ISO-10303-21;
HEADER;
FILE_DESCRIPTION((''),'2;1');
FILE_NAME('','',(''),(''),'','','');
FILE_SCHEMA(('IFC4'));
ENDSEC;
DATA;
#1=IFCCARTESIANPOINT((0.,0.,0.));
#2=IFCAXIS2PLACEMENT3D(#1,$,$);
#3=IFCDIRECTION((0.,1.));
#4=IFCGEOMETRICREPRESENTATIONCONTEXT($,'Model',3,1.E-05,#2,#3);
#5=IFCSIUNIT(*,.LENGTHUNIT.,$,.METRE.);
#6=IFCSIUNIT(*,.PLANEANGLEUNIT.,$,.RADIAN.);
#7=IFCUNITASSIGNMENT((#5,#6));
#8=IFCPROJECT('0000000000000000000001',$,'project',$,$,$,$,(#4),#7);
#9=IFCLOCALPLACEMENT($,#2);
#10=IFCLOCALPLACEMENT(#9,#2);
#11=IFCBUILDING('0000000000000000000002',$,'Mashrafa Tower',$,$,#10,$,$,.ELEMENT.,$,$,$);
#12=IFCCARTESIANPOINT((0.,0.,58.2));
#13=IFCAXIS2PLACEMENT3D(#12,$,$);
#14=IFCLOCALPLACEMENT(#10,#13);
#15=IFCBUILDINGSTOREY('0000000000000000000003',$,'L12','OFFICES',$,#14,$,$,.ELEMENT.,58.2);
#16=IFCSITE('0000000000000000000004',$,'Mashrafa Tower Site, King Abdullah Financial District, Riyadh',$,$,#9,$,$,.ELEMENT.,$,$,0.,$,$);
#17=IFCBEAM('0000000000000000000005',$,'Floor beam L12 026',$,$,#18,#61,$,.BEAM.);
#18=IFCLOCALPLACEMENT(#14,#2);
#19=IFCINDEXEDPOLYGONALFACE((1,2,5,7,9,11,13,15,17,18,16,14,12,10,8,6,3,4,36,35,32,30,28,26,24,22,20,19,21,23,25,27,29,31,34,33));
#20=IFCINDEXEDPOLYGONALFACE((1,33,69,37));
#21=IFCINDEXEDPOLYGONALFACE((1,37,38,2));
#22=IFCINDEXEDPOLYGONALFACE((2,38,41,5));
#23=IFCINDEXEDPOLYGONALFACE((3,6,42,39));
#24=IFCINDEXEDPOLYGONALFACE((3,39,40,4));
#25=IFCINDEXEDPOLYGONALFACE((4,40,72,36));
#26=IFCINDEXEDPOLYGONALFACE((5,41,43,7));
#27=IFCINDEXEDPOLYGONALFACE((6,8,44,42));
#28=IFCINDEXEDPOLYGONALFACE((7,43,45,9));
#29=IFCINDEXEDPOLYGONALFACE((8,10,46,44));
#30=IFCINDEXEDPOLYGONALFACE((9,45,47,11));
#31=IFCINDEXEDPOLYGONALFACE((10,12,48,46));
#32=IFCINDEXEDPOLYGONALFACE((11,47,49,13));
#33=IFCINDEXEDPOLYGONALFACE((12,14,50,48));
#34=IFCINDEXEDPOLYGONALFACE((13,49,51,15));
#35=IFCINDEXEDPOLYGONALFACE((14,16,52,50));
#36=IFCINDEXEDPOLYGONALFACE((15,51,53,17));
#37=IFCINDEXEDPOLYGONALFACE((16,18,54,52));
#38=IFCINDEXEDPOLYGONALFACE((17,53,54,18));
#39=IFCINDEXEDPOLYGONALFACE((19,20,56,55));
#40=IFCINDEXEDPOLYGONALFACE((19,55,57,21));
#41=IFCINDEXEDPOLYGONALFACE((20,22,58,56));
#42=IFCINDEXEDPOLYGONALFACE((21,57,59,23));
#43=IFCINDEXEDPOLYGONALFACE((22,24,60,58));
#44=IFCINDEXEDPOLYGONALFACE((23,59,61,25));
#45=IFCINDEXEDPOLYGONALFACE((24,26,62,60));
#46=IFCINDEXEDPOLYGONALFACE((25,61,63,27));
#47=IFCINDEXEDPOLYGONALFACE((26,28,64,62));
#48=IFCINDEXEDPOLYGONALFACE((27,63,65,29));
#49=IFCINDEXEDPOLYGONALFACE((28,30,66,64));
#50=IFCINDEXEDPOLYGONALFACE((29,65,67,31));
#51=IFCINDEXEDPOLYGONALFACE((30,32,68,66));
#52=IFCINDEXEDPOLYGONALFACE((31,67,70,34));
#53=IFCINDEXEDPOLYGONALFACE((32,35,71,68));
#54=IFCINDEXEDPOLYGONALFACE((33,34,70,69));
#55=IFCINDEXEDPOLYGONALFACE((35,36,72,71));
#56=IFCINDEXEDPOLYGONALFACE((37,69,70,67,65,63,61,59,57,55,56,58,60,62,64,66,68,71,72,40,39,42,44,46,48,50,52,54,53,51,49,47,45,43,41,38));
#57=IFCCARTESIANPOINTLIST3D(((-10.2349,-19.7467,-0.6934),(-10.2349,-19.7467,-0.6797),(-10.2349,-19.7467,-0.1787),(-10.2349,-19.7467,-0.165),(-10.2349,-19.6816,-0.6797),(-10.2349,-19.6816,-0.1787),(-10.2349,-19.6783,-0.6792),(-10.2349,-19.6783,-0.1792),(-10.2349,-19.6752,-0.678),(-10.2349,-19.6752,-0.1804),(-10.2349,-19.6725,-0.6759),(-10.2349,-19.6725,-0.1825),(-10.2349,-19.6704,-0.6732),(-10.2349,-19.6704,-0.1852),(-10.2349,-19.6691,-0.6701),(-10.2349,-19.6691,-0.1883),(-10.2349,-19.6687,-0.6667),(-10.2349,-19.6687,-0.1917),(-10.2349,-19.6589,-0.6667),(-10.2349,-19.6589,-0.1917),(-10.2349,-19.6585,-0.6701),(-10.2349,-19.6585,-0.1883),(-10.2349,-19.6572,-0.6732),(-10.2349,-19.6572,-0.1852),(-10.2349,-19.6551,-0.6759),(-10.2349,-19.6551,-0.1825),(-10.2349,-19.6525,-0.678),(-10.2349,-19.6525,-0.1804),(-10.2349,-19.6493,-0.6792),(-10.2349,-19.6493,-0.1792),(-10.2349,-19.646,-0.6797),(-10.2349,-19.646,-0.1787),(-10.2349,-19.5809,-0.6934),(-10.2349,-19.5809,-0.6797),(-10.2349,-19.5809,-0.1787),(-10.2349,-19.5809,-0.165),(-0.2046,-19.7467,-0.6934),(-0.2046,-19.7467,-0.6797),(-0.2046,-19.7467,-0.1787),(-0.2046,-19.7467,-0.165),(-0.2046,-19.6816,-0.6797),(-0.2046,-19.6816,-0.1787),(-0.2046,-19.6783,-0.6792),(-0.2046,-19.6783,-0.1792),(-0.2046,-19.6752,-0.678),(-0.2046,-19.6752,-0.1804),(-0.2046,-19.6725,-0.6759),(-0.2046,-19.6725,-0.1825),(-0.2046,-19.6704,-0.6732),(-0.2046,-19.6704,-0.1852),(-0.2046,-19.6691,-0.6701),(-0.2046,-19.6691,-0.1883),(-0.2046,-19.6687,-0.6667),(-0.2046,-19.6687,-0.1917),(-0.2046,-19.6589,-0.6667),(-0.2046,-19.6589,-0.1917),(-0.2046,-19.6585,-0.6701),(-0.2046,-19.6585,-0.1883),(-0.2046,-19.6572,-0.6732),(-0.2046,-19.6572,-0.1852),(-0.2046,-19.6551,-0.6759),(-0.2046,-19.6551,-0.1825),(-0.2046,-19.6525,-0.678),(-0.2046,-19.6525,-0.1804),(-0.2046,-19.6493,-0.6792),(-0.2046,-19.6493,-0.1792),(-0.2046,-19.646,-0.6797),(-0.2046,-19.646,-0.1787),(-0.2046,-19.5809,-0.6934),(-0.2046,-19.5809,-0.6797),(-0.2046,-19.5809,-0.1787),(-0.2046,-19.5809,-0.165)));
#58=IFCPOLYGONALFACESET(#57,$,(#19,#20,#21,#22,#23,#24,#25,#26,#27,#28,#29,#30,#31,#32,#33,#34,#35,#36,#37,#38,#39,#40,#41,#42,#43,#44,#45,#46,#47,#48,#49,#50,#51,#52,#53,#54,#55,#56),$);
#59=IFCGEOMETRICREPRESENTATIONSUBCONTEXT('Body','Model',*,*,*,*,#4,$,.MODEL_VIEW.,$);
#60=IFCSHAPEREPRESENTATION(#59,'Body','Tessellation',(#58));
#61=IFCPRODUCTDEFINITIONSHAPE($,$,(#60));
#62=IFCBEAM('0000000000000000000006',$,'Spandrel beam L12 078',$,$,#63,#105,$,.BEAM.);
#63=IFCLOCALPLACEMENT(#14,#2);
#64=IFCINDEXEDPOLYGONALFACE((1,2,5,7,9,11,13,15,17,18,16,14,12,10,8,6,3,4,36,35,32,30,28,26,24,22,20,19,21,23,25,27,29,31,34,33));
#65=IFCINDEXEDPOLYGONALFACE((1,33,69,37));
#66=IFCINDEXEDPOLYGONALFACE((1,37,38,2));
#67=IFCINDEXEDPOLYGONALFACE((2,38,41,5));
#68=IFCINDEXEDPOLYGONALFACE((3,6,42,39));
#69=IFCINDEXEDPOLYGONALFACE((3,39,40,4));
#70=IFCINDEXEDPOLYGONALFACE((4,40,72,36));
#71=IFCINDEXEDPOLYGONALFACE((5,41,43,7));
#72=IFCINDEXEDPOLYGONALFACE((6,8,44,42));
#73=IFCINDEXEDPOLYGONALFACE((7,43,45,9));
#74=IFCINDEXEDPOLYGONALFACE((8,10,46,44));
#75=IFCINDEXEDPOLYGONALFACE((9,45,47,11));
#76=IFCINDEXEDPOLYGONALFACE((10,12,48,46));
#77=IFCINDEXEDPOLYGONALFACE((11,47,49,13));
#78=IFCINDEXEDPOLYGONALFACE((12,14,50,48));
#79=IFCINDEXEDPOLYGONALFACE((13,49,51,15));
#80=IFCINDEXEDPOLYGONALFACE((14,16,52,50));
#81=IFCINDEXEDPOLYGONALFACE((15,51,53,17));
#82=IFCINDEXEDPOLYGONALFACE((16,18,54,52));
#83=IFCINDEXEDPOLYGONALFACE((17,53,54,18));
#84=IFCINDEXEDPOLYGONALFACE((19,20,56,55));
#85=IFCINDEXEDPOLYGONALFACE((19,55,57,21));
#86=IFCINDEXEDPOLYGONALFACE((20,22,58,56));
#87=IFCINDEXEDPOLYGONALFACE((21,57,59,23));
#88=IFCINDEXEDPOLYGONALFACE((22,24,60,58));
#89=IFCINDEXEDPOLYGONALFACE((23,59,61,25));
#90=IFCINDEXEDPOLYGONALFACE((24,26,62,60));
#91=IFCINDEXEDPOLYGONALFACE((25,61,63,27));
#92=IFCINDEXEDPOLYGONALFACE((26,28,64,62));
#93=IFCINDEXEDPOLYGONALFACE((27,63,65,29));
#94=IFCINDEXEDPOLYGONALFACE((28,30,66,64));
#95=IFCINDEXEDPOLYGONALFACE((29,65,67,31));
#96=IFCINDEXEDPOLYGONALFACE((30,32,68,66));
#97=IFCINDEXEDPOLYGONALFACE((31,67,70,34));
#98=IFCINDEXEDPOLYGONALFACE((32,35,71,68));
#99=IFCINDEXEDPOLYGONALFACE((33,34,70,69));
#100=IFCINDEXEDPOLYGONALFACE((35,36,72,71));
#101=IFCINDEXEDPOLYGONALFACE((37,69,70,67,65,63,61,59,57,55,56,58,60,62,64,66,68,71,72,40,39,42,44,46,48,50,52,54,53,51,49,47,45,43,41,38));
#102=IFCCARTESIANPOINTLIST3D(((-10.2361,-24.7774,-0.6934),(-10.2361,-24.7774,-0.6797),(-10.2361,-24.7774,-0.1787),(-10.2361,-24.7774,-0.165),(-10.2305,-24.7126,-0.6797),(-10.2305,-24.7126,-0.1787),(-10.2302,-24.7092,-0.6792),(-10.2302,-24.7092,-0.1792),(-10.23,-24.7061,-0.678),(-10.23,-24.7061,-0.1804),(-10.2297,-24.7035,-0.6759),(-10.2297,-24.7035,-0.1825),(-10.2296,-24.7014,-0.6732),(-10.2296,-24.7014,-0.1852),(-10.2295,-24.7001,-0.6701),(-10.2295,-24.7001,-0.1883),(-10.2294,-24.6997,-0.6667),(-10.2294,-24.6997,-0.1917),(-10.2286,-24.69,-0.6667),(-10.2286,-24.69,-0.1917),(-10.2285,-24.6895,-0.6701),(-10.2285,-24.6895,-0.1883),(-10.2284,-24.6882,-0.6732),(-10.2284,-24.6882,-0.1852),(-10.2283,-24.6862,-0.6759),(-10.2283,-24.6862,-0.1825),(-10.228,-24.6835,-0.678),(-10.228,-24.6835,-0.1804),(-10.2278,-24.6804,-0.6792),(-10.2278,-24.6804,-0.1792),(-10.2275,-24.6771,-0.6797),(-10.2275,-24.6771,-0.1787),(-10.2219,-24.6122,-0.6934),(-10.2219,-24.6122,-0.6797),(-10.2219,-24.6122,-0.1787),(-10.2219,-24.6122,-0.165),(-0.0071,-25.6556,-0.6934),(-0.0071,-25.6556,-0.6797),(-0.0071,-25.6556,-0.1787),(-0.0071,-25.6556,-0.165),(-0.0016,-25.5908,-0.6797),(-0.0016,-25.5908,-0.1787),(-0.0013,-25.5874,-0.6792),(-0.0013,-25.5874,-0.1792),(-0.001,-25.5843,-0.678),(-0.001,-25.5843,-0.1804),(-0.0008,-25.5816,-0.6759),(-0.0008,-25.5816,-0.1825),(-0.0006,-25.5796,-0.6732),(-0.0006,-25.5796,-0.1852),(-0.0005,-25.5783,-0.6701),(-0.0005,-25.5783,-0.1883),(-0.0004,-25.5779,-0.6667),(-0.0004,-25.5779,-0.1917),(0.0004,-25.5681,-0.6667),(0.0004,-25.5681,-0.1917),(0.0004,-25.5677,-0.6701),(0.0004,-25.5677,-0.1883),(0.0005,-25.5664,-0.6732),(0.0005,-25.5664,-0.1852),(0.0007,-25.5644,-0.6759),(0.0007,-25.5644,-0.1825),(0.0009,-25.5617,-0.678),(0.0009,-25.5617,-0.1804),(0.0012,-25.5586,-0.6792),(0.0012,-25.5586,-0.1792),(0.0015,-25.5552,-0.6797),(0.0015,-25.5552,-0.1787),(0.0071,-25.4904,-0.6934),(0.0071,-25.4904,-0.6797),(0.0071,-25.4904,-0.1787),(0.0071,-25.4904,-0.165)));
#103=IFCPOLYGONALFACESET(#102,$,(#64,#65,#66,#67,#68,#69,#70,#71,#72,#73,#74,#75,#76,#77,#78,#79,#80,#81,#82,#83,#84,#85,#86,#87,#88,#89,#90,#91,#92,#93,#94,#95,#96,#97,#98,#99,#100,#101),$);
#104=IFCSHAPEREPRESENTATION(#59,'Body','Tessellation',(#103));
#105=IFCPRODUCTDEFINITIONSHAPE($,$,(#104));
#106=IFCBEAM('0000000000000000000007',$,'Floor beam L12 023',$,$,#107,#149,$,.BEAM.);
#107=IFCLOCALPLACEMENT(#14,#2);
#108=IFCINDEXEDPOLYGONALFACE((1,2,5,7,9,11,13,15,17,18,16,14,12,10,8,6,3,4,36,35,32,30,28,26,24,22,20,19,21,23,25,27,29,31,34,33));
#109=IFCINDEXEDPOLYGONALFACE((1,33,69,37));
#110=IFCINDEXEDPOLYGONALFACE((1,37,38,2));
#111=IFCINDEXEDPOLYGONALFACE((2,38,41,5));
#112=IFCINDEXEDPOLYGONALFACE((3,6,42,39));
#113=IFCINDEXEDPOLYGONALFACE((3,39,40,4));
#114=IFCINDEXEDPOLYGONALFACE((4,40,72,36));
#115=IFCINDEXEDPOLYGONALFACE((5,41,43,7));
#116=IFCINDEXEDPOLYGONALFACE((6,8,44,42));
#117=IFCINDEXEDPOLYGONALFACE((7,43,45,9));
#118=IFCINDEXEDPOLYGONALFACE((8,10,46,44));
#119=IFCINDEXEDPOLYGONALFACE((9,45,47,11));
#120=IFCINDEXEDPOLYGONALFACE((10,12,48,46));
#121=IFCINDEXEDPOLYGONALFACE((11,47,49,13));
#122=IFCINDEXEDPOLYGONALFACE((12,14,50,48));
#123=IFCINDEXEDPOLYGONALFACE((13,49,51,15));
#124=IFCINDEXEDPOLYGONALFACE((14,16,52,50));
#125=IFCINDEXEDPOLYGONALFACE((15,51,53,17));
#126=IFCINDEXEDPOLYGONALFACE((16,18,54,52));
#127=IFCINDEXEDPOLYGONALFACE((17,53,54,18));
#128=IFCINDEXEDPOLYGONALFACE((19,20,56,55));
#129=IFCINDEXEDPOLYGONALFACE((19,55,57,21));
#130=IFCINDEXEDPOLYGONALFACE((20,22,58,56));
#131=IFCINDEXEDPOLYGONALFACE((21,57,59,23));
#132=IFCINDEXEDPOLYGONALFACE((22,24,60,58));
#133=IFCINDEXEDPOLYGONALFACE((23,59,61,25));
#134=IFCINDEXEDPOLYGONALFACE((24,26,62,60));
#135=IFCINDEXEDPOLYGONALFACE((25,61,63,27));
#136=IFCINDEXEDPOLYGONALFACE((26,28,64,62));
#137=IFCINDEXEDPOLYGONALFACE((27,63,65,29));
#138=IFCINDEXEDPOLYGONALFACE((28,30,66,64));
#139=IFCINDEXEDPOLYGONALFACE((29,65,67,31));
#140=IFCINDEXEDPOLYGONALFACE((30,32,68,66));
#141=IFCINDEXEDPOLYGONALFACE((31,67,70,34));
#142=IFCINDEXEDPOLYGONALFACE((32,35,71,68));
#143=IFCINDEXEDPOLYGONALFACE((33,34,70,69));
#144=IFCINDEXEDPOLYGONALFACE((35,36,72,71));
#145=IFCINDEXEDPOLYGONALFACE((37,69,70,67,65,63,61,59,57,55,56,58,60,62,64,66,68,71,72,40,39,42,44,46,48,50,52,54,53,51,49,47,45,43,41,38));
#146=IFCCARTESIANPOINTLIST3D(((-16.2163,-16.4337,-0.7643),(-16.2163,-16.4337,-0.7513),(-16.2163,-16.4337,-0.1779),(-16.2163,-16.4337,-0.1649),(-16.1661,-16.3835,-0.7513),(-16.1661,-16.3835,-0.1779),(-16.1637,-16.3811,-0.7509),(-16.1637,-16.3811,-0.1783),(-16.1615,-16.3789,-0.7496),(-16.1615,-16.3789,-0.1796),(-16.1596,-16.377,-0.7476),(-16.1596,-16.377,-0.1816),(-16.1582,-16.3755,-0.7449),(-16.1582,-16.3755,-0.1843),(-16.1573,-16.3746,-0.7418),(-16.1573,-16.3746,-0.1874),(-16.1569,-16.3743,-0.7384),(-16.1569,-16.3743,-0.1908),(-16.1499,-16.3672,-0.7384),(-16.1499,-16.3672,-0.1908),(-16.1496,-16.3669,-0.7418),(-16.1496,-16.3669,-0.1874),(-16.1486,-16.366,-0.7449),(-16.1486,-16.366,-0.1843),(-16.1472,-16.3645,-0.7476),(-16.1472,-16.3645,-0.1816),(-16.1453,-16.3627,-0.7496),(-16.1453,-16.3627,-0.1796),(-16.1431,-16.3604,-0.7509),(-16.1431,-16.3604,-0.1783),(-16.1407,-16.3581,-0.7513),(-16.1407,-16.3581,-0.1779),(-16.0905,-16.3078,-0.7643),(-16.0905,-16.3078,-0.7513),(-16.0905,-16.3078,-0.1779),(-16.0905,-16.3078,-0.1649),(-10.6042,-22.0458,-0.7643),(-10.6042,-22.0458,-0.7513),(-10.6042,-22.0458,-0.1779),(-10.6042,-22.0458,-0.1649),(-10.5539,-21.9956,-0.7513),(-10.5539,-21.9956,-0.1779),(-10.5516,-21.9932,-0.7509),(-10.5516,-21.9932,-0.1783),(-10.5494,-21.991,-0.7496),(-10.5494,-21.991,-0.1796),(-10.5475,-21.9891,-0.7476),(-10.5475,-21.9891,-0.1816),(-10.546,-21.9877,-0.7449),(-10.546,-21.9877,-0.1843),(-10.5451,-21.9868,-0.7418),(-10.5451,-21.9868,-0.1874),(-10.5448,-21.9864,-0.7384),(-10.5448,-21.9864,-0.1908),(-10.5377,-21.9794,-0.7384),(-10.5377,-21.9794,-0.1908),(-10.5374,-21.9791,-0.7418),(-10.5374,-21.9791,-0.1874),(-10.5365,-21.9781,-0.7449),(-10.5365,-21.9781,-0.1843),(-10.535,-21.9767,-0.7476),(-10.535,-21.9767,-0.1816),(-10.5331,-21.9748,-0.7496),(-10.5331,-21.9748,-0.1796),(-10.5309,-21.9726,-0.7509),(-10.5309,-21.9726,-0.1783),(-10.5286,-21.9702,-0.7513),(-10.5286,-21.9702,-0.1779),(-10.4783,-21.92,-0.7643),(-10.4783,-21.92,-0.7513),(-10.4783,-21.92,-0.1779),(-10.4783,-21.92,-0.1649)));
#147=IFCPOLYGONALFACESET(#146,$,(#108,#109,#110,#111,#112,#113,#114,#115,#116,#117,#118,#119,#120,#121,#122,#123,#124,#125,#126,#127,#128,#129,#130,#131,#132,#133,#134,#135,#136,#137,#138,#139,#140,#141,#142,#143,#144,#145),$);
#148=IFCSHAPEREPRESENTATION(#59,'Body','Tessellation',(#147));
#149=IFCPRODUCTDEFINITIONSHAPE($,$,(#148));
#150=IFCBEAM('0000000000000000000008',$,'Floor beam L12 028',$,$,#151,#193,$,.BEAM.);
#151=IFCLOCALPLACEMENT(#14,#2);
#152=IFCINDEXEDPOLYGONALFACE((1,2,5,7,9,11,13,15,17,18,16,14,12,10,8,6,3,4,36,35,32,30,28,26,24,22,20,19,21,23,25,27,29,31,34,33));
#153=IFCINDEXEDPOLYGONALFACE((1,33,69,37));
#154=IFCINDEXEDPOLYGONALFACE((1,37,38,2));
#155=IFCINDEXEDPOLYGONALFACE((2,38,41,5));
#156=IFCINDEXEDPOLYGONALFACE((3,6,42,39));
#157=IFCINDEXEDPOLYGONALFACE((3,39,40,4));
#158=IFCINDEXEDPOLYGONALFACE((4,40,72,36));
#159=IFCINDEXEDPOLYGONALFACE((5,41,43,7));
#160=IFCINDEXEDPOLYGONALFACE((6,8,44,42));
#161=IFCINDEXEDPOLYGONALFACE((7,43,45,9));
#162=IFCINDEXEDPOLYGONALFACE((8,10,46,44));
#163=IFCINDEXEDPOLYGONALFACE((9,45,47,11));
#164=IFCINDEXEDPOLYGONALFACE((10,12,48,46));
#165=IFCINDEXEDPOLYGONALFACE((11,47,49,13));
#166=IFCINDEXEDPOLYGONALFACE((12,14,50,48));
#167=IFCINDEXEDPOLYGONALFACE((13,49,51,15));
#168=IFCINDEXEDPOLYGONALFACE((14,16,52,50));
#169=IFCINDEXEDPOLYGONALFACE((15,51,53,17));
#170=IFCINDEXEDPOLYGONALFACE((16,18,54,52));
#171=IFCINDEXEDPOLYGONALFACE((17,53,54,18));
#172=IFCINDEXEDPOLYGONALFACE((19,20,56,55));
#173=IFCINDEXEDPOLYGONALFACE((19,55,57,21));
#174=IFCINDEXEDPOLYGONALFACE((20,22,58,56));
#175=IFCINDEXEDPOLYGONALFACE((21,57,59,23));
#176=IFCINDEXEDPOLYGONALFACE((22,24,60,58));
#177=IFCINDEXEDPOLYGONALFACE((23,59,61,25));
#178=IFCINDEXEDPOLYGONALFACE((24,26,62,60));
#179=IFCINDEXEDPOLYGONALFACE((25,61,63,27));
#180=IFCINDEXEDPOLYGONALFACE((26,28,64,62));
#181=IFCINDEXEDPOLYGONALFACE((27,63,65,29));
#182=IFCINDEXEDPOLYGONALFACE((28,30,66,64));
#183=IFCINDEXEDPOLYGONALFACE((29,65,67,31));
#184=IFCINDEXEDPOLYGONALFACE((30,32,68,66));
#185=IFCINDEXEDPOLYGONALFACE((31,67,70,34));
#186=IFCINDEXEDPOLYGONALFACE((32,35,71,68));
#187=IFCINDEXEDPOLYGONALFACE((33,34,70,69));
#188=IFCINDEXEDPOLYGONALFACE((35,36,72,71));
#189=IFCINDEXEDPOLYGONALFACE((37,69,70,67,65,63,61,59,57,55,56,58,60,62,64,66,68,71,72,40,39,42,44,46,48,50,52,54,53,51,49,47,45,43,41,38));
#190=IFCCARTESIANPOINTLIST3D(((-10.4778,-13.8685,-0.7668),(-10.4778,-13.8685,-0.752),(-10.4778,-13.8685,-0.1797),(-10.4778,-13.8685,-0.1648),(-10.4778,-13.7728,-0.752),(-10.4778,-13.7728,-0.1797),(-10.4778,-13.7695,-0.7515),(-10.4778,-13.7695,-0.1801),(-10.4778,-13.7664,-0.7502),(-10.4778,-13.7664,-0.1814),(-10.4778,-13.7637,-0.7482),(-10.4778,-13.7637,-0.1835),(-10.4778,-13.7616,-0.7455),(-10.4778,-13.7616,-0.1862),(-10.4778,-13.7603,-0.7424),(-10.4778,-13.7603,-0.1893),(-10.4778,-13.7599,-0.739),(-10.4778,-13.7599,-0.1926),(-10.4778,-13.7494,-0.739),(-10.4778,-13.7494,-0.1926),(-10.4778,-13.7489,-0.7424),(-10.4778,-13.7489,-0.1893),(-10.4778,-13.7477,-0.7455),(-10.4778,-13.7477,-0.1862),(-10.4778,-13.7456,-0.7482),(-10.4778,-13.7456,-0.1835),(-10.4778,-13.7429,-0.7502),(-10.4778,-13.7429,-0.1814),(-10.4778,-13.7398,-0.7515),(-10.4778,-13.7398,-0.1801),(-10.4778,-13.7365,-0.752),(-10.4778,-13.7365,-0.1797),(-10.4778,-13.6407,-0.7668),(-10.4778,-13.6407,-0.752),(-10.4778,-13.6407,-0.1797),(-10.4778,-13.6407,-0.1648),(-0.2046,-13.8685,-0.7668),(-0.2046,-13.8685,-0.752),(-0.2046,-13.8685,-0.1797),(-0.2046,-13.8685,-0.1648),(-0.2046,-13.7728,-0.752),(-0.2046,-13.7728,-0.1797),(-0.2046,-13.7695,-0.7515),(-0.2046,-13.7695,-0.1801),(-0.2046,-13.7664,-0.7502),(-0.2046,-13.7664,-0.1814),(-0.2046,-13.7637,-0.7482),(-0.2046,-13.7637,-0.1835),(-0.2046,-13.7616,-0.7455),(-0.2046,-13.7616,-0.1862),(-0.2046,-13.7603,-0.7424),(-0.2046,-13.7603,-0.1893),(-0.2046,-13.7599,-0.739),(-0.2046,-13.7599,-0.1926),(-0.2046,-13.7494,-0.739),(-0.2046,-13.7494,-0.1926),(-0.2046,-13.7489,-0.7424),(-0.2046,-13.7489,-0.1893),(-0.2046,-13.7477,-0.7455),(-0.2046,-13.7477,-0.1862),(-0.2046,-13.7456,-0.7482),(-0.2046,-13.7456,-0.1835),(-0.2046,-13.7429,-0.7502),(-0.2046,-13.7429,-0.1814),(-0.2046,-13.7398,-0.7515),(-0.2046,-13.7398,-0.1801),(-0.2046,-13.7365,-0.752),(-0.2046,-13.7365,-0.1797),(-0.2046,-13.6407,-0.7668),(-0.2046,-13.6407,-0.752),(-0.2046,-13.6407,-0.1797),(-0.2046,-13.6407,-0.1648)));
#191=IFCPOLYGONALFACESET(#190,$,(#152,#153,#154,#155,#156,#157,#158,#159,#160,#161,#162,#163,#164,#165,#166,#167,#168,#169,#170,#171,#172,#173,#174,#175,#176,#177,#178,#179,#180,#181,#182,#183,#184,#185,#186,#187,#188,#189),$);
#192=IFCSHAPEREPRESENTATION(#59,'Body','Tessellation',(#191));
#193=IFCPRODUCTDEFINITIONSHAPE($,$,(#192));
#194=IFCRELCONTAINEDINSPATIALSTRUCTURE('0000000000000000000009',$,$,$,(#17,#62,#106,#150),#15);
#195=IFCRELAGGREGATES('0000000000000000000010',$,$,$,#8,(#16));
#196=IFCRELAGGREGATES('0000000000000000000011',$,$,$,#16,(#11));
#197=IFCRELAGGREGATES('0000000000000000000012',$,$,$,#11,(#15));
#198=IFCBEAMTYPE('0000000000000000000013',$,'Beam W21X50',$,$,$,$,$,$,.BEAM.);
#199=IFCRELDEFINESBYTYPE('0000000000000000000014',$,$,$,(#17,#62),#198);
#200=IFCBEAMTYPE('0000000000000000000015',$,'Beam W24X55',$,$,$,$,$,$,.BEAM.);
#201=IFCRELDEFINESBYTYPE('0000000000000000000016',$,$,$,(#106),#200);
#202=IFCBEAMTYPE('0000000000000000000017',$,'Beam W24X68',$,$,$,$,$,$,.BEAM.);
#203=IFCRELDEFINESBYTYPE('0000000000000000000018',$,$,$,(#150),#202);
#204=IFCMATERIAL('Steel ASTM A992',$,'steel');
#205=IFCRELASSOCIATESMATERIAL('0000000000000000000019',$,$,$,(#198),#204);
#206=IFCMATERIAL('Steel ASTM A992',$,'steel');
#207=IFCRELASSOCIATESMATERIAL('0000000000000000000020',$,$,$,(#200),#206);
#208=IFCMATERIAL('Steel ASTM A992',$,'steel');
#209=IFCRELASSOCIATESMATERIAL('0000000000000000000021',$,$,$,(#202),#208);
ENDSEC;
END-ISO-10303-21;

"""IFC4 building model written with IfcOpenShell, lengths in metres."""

from ifc_helpers import new_model, si_unit, direction, frame, origin, origin_2d, place, context, subcontext, project, spatial, i_section, extrude, material, material_profile, profile_set, type_object, element, save


model = new_model("IFC4")

# Units and contexts
model_context = context("Model", 3, precision=1e-05, world=origin(), true_north=direction((0.0, 1.0)))
body_context = subcontext(model_context, "Body", "Model", "MODEL_VIEW")
ifc_project = project(units=[si_unit("LENGTHUNIT", "METRE"), si_unit("PLANEANGLEUNIT", "RADIAN")], contexts=[model_context])

# Site, building, storey
site_placement = place(None, origin())
site = spatial("IfcSite", under=ifc_project, at=site_placement, Name="Mashrafa Tower Site, King Abdullah Financial District, Riyadh", CompositionType="ELEMENT", RefElevation=0.0)
building_placement = place(site_placement, origin())
building = spatial("IfcBuilding", under=site, at=building_placement, Name="Mashrafa Tower", CompositionType="ELEMENT")
storey_placement = place(building_placement, frame((0.0, 0.0, 58.2)))
storey = spatial("IfcBuildingStorey", under=building, at=storey_placement, Name="L12", Description="OFFICES", CompositionType="ELEMENT", Elevation=58.2)

# Beams
ifc_material_1 = material(Name="Steel ASTM A992", Category="steel")
ifc_material_profile_1 = material_profile(ifc_material_1, i_section(OverallWidth=0.1658, OverallDepth=0.5283, WebThickness=0.0098, FlangeThickness=0.0137, FilletRadius=0.0129, at=origin_2d()), Name="W21X50")
ifc_profile_set_1 = profile_set([ifc_material_profile_1], Name="Steel ASTM A992")
beam_type_1 = type_object("IfcBeamType", Name="Beam W21X50", PredefinedType="BEAM", material=ifc_profile_set_1)
beam_1_placement = place(storey_placement, frame((-0.2046, -19.6638, -0.4292), z_axis=(-1.0, 0.0, 0.0), x_axis=(0.0, -1.0, 0.0)))
element("IfcBeam", 1, at=beam_1_placement, inside=storey, type_object=beam_type_1, Name="Floor beam L12 026", PredefinedType="BEAM", context=body_context, shape_type="SweptSolid", body=[
    extrude(i_section(OverallWidth=0.1658, OverallDepth=0.5283, WebThickness=0.0098, FlangeThickness=0.0137, FilletRadius=0.0129, at=origin_2d()), origin(), (0.0, 0.0, 1.0), 10.0303),
])
beam_2_placement = place(storey_placement, frame((-10.229, -24.6948, -0.4292), z_axis=(0.996335, -0.085537, 0.0), x_axis=(0.085537, 0.996335, 0.0)))
element("IfcBeam", 2, at=beam_2_placement, inside=storey, type_object=beam_type_1, Name="Spandrel beam L12 078", PredefinedType="BEAM", context=body_context, shape_type="SweptSolid", body=[
    extrude(i_section(OverallWidth=0.1658, OverallDepth=0.5283, WebThickness=0.0098, FlangeThickness=0.0137, FilletRadius=0.0129, at=origin_2d()), origin(), (0.0, 0.0, 1.0), 10.2666),
])
ifc_material_2 = material(Name="Steel ASTM A992", Category="steel")
ifc_material_profile_2 = material_profile(ifc_material_2, i_section(OverallWidth=0.178, OverallDepth=0.5994, WebThickness=0.01, FlangeThickness=0.0129, FilletRadius=0.0129, at=origin_2d()), Name="W24X55")
ifc_profile_set_2 = profile_set([ifc_material_profile_2], Name="Steel ASTM A992")
beam_type_2 = type_object("IfcBeamType", Name="Beam W24X55", PredefinedType="BEAM", material=ifc_profile_set_2)
beam_3_placement = place(storey_placement, frame((-10.5413, -21.9829, -0.4646), z_axis=(-0.707107, 0.707107, 0.0), x_axis=(-0.707107, -0.707107, 0.0)))
element("IfcBeam", 3, at=beam_3_placement, inside=storey, type_object=beam_type_2, Name="Floor beam L12 023", PredefinedType="BEAM", context=body_context, shape_type="SweptSolid", body=[
    extrude(i_section(OverallWidth=0.178, OverallDepth=0.5994, WebThickness=0.01, FlangeThickness=0.0129, FilletRadius=0.0129, at=origin_2d()), origin(), (0.0, 0.0, 1.0), 7.9368),
])
ifc_material_3 = material(Name="Steel ASTM A992", Category="steel")
ifc_material_profile_3 = material_profile(ifc_material_3, i_section(OverallWidth=0.2278, OverallDepth=0.6021, WebThickness=0.0105, FlangeThickness=0.0149, FilletRadius=0.0129, at=origin_2d()), Name="W24X68")
ifc_profile_set_3 = profile_set([ifc_material_profile_3], Name="Steel ASTM A992")
beam_type_3 = type_object("IfcBeamType", Name="Beam W24X68", PredefinedType="BEAM", material=ifc_profile_set_3)
beam_4_placement = place(storey_placement, frame((-0.2046, -13.7546, -0.4658), z_axis=(-1.0, 0.0, 0.0), x_axis=(0.0, -1.0, 0.0)))
element("IfcBeam", 4, at=beam_4_placement, inside=storey, type_object=beam_type_3, Name="Floor beam L12 028", PredefinedType="BEAM", context=body_context, shape_type="SweptSolid", body=[
    extrude(i_section(OverallWidth=0.2278, OverallDepth=0.6021, WebThickness=0.0105, FlangeThickness=0.0149, FilletRadius=0.0129, at=origin_2d()), origin(), (0.0, 0.0, 1.0), 10.2732),
])

save(model, "model.ifc")
